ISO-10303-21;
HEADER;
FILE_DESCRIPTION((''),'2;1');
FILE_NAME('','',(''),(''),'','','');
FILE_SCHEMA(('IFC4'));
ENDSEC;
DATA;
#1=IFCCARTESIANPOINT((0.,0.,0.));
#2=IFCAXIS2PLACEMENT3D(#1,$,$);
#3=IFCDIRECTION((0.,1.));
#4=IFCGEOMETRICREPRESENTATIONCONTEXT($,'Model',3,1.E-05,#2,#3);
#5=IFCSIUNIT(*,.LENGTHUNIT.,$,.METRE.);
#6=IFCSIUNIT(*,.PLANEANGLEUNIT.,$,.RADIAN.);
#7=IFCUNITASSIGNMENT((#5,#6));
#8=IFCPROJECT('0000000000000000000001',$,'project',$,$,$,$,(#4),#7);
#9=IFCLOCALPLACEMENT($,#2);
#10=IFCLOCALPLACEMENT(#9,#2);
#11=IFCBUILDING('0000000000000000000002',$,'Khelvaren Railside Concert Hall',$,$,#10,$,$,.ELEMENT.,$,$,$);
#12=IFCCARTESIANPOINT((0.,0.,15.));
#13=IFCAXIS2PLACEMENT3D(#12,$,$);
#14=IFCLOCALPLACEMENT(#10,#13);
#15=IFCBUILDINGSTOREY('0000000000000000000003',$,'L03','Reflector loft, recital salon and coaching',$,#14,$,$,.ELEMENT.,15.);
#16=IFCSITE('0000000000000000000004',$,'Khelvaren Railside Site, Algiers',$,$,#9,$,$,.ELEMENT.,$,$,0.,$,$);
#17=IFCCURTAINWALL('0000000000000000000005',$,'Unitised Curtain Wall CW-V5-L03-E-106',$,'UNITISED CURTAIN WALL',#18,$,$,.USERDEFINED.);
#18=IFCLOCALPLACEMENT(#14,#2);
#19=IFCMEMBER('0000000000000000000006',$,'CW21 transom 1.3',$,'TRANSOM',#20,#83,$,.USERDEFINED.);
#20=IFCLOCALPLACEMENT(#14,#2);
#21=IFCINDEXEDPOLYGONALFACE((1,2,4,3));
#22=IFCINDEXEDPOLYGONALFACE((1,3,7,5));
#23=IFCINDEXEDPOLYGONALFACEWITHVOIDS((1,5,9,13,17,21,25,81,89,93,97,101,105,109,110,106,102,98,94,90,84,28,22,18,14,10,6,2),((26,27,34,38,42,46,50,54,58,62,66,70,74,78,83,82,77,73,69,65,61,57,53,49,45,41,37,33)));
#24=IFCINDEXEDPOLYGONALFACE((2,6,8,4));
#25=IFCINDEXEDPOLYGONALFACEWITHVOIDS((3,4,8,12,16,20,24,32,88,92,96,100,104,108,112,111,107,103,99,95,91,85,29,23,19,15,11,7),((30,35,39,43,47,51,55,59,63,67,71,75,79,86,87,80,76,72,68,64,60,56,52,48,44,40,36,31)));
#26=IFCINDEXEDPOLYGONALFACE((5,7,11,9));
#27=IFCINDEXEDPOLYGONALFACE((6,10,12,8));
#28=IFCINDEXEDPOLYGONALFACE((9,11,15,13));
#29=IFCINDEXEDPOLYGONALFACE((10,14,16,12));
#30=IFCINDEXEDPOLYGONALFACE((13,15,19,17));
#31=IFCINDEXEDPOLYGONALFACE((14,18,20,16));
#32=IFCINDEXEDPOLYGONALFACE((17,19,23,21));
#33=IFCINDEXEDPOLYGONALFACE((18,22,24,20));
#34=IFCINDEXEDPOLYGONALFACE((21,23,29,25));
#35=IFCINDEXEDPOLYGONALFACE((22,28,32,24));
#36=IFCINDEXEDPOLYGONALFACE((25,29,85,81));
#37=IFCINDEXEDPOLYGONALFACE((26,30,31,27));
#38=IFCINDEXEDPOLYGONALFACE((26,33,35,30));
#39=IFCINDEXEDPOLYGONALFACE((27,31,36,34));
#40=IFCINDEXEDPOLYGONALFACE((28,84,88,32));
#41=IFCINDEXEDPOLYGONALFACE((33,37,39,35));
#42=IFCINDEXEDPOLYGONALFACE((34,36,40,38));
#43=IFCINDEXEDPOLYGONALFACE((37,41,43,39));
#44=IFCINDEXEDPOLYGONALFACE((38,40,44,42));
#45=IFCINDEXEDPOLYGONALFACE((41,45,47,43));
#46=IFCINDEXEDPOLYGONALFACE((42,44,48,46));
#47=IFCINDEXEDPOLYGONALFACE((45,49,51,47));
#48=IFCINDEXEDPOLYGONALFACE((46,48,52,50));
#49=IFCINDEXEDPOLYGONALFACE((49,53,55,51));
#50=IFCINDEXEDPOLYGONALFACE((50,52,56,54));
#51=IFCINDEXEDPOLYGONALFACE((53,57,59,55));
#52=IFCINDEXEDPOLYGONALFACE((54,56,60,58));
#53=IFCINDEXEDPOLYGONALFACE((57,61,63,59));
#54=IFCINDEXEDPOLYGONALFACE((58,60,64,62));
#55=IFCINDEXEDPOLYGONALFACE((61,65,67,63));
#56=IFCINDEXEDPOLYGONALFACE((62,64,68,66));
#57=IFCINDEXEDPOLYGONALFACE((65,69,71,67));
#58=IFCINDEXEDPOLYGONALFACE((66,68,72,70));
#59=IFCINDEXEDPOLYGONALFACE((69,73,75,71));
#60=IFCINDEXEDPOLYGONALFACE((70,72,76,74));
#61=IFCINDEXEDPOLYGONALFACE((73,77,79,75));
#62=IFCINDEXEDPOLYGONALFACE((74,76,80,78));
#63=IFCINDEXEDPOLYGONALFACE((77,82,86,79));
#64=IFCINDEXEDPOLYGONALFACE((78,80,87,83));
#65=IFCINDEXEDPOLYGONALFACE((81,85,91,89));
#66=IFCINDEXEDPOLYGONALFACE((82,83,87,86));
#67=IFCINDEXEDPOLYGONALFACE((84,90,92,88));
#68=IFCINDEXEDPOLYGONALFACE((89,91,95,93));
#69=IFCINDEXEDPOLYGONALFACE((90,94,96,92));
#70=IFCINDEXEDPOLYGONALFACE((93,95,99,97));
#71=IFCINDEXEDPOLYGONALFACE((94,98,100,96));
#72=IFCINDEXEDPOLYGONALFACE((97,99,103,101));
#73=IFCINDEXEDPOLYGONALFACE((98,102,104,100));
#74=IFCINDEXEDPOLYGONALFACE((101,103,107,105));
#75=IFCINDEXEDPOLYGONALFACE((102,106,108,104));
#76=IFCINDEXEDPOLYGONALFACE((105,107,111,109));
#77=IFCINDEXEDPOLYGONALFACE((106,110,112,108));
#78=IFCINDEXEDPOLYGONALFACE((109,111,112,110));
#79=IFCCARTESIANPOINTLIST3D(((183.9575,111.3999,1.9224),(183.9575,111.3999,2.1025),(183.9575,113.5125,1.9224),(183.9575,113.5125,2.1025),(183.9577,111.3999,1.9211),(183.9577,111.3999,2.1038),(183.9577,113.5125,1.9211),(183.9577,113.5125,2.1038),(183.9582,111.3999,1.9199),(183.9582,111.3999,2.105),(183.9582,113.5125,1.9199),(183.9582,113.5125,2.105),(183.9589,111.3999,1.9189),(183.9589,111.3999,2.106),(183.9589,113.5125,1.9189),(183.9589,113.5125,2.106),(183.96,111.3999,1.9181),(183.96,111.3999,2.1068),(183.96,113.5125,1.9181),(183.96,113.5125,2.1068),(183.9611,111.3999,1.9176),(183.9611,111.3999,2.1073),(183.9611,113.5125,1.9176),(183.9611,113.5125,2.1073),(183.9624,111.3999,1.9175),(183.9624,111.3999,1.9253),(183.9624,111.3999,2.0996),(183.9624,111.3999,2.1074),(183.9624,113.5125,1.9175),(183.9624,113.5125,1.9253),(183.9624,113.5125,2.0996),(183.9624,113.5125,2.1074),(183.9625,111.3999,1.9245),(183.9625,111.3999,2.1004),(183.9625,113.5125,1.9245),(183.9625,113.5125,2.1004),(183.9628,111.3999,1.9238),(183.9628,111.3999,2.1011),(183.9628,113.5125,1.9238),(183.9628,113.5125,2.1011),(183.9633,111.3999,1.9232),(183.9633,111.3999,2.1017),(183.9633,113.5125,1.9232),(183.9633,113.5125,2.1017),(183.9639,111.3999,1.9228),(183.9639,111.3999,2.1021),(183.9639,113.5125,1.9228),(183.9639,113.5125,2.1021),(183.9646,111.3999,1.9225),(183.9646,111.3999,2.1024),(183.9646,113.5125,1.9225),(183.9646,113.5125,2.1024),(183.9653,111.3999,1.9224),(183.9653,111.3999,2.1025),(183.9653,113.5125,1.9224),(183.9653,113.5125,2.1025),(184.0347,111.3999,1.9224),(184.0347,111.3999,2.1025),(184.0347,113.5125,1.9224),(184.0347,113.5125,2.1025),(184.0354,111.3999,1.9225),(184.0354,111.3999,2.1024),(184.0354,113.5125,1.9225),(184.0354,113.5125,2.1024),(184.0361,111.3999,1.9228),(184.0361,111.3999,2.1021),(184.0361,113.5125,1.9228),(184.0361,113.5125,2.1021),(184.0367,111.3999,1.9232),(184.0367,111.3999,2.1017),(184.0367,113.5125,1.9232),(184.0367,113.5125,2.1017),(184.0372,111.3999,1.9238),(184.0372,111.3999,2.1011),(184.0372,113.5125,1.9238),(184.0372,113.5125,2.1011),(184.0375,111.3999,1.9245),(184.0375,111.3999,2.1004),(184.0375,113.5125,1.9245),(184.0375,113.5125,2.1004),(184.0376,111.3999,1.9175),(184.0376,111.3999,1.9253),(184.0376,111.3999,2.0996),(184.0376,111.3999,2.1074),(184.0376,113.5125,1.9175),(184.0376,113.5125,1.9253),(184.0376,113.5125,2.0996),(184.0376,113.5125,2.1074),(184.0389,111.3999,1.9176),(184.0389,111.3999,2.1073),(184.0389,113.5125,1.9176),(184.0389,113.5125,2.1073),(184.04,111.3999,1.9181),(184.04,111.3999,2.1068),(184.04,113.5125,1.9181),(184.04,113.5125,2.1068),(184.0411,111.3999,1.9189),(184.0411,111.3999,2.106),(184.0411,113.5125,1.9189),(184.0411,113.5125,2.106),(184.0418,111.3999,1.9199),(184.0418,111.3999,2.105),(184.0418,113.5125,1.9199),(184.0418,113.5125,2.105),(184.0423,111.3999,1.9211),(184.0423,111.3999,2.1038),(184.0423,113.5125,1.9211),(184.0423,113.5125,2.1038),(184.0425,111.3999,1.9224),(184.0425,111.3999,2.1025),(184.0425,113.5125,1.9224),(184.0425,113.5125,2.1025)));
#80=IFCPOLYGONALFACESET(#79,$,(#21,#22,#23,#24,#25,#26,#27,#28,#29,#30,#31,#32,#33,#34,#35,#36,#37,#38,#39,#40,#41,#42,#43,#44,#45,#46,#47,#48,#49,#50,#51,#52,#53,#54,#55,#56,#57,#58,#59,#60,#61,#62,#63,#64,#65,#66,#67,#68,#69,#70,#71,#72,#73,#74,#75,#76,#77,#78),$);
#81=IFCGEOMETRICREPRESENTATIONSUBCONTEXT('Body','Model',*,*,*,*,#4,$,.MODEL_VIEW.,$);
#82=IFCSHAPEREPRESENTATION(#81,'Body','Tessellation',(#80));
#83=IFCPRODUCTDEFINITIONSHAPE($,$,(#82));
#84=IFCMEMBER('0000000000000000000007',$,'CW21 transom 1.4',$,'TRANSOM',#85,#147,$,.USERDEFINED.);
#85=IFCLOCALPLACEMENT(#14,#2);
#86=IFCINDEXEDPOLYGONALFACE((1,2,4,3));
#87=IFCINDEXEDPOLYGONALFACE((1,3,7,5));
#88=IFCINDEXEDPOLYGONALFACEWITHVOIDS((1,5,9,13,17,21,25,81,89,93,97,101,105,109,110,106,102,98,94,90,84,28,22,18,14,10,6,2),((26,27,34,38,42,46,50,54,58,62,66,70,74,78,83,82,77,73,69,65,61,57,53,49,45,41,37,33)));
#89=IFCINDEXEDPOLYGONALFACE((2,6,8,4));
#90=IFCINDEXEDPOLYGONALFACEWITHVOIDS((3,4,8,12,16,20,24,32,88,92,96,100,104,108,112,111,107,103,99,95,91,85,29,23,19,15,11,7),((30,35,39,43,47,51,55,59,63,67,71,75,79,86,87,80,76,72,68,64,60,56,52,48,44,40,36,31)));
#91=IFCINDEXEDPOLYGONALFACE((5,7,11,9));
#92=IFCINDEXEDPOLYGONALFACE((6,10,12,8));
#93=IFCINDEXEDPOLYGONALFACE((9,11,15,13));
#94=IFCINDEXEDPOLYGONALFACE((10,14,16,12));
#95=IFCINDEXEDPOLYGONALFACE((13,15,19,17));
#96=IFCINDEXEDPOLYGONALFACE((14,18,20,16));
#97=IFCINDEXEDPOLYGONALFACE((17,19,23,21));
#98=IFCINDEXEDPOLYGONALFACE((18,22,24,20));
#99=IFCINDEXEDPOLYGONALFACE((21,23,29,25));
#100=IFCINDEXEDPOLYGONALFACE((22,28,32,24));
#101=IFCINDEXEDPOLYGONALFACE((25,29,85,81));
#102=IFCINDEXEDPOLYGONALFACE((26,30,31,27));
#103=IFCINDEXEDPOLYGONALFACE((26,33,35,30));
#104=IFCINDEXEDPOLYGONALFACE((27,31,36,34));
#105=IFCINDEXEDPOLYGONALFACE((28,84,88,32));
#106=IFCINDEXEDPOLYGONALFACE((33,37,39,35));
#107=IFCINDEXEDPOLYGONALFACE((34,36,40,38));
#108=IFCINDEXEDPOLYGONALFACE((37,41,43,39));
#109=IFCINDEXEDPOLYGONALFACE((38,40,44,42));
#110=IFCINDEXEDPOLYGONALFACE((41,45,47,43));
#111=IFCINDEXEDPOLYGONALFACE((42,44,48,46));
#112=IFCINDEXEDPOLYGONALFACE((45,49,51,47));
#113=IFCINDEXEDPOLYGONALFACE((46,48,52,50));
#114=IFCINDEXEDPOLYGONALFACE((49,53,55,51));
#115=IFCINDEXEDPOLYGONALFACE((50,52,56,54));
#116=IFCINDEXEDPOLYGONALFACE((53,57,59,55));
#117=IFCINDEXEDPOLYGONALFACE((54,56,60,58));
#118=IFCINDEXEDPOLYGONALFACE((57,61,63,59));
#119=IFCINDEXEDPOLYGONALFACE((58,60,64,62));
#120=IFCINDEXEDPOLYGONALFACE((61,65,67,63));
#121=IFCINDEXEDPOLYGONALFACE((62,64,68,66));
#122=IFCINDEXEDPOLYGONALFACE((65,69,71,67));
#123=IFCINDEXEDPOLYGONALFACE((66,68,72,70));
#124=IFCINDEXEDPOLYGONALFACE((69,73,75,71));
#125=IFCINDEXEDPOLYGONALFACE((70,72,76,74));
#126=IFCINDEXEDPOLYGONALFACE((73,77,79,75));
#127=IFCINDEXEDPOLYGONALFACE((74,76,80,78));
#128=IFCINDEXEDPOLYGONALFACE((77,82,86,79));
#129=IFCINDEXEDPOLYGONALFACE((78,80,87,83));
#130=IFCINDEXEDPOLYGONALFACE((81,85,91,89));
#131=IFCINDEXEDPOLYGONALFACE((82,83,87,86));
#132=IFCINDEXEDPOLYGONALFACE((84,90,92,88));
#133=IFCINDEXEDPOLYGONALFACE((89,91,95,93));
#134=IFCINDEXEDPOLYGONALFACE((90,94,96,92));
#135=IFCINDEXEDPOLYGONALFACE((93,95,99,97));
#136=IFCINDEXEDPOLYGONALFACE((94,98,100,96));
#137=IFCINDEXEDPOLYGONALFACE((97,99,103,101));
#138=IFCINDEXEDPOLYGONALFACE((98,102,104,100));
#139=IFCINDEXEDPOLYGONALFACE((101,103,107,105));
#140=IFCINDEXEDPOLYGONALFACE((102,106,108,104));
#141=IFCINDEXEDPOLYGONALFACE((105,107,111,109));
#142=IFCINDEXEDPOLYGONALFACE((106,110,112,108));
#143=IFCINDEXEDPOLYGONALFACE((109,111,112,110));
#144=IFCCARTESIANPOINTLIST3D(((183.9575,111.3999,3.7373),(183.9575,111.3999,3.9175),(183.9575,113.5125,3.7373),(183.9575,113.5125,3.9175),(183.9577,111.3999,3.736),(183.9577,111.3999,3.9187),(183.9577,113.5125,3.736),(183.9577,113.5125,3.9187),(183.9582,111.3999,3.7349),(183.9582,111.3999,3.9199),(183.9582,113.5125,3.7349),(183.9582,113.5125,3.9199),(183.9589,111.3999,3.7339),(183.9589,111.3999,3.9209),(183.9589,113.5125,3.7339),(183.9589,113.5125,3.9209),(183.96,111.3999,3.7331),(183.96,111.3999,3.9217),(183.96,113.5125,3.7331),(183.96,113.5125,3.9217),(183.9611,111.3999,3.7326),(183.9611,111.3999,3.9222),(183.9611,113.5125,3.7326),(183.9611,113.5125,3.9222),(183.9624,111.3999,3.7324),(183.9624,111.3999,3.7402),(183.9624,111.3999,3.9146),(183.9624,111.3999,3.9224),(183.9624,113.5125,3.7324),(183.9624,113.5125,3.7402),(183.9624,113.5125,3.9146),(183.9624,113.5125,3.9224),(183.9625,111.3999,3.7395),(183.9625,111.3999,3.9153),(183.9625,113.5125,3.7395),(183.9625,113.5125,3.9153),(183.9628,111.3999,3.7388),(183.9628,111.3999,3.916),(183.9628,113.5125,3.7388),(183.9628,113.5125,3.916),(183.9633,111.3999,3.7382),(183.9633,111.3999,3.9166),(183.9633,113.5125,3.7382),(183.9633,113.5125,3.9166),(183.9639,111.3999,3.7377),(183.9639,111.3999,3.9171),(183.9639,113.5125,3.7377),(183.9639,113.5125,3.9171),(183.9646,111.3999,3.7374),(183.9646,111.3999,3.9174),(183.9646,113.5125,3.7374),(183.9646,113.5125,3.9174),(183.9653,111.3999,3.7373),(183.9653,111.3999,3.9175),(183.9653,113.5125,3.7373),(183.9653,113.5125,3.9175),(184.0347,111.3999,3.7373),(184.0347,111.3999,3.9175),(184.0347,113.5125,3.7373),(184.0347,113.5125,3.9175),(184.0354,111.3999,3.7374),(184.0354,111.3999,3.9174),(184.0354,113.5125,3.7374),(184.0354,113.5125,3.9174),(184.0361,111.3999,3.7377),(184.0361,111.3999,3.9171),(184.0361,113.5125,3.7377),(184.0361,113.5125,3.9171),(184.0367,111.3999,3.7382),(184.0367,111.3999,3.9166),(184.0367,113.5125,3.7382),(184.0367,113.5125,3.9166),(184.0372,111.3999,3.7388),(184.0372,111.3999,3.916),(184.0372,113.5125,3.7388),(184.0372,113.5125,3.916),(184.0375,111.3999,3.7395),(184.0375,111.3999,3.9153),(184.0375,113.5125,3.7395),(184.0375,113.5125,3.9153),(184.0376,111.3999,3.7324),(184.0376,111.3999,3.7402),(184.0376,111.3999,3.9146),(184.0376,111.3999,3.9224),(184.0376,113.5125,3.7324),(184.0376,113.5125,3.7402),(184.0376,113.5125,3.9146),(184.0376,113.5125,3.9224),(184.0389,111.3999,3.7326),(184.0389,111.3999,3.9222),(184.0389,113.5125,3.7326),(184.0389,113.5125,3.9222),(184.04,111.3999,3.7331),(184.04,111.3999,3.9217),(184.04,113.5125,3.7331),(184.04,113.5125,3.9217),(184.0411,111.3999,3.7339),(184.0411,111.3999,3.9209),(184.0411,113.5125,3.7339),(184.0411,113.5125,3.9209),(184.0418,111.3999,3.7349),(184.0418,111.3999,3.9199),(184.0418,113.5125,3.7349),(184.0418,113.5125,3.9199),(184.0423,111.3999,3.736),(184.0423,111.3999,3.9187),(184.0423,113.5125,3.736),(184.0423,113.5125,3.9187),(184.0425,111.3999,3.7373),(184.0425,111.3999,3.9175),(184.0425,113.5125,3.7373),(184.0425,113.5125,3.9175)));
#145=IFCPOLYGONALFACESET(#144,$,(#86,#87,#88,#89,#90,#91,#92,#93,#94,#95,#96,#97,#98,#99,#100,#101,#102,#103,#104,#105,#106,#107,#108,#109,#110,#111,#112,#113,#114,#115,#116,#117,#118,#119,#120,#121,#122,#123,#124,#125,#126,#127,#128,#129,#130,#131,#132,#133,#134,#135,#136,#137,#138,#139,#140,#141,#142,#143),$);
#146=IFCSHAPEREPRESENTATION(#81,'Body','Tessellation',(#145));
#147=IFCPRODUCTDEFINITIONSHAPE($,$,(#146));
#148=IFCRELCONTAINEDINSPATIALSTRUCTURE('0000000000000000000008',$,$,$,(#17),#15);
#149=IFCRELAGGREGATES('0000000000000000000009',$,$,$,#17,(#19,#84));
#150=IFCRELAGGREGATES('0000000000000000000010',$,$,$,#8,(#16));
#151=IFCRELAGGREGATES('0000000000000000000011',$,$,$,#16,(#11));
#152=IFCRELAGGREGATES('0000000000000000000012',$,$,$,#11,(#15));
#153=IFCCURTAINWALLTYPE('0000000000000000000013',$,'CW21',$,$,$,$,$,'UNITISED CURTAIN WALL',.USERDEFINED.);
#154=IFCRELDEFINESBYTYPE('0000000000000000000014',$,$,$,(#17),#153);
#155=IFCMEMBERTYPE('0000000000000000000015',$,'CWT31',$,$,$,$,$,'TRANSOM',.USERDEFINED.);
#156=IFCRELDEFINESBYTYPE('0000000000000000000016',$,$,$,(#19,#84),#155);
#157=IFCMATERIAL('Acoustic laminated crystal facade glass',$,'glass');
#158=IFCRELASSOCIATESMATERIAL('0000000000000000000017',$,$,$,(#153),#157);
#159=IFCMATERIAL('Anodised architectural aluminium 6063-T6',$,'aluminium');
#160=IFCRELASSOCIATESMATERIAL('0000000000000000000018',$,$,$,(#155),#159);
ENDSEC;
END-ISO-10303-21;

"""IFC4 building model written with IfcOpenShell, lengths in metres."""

from ifc_helpers import new_model, si_unit, direction, frame, origin, origin_2d, place, context, subcontext, project, spatial, hollow_rectangle, extrude, material, material_profile, profile_set, type_object, element, aggregate, save


model = new_model("IFC4")

# Units and contexts
model_context = context("Model", 3, precision=1e-05, world=origin(), true_north=direction((0.0, 1.0)))
body_context = subcontext(model_context, "Body", "Model", "MODEL_VIEW")
ifc_project = project(units=[si_unit("LENGTHUNIT", "METRE"), si_unit("PLANEANGLEUNIT", "RADIAN")], contexts=[model_context])

# Site, building, storey
site_placement = place(None, origin())
site = spatial("IfcSite", under=ifc_project, at=site_placement, Name="Khelvaren Railside Site, Algiers", CompositionType="ELEMENT", RefElevation=0.0)
building_placement = place(site_placement, origin())
building = spatial("IfcBuilding", under=site, at=building_placement, Name="Khelvaren Railside Concert Hall", CompositionType="ELEMENT")
storey_placement = place(building_placement, frame((0.0, 0.0, 15.0)))
storey = spatial("IfcBuildingStorey", under=building, at=storey_placement, Name="L03", Description="Reflector loft, recital salon and coaching", CompositionType="ELEMENT", Elevation=15.0)

# Curtain wall, members
ifc_material_1 = material(Name="Acoustic laminated crystal facade glass", Category="glass")
curtain_wall_type = type_object("IfcCurtainWallType", Name="CW21", ElementType="UNITISED CURTAIN WALL", PredefinedType="USERDEFINED", material=ifc_material_1)
curtain_wall_placement = place(storey_placement, origin())
curtain_wall = element("IfcCurtainWall", 1, at=curtain_wall_placement, inside=storey, type_object=curtain_wall_type, Name="Unitised Curtain Wall CW-V5-L03-E-106", ObjectType="UNITISED CURTAIN WALL", PredefinedType="USERDEFINED")
ifc_material_2 = material(Name="Anodised architectural aluminium 6063-T6", Category="aluminium")
ifc_material_profile_1 = material_profile(ifc_material_2, hollow_rectangle(XDim=0.085, YDim=0.1899, WallThickness=0.0049, InnerFilletRadius=0.0029, OuterFilletRadius=0.0049, at=origin_2d()), Name="CWT 85x190x5")
ifc_profile_set_1 = profile_set([ifc_material_profile_1], Name="Anodised architectural aluminium 6063-T6")
member_type_1 = type_object("IfcMemberType", Name="CWT31", ElementType="TRANSOM", PredefinedType="USERDEFINED", material=ifc_profile_set_1)
member_1_placement = place(storey_placement, frame((184.0, 113.5125, 2.0125), z_axis=(0.0, -1.0, 0.0), x_axis=(1.0, 0.0, 0.0)))
member_1 = element("IfcMember", 2, at=member_1_placement, type_object=member_type_1, Name="CW21 transom 1.3", ObjectType="TRANSOM", PredefinedType="USERDEFINED", context=body_context, shape_type="SweptSolid", body=[
    extrude(hollow_rectangle(XDim=0.085, YDim=0.1899, WallThickness=0.0049, InnerFilletRadius=0.0029, OuterFilletRadius=0.0049, at=origin_2d()), origin(), (0.0, 0.0, 1.0), 2.1125),
])
member_2_placement = place(storey_placement, frame((184.0, 113.5125, 3.8274), z_axis=(0.0, -1.0, 0.0), x_axis=(1.0, 0.0, 0.0)))
member_2 = element("IfcMember", 3, at=member_2_placement, type_object=member_type_1, Name="CW21 transom 1.4", ObjectType="TRANSOM", PredefinedType="USERDEFINED", context=body_context, shape_type="SweptSolid", body=[
    extrude(hollow_rectangle(XDim=0.085, YDim=0.1899, WallThickness=0.0049, InnerFilletRadius=0.0029, OuterFilletRadius=0.0049, at=origin_2d()), origin(), (0.0, 0.0, 1.0), 2.1125),
])

aggregate(curtain_wall, [member_1, member_2])

save(model, "model.ifc")
